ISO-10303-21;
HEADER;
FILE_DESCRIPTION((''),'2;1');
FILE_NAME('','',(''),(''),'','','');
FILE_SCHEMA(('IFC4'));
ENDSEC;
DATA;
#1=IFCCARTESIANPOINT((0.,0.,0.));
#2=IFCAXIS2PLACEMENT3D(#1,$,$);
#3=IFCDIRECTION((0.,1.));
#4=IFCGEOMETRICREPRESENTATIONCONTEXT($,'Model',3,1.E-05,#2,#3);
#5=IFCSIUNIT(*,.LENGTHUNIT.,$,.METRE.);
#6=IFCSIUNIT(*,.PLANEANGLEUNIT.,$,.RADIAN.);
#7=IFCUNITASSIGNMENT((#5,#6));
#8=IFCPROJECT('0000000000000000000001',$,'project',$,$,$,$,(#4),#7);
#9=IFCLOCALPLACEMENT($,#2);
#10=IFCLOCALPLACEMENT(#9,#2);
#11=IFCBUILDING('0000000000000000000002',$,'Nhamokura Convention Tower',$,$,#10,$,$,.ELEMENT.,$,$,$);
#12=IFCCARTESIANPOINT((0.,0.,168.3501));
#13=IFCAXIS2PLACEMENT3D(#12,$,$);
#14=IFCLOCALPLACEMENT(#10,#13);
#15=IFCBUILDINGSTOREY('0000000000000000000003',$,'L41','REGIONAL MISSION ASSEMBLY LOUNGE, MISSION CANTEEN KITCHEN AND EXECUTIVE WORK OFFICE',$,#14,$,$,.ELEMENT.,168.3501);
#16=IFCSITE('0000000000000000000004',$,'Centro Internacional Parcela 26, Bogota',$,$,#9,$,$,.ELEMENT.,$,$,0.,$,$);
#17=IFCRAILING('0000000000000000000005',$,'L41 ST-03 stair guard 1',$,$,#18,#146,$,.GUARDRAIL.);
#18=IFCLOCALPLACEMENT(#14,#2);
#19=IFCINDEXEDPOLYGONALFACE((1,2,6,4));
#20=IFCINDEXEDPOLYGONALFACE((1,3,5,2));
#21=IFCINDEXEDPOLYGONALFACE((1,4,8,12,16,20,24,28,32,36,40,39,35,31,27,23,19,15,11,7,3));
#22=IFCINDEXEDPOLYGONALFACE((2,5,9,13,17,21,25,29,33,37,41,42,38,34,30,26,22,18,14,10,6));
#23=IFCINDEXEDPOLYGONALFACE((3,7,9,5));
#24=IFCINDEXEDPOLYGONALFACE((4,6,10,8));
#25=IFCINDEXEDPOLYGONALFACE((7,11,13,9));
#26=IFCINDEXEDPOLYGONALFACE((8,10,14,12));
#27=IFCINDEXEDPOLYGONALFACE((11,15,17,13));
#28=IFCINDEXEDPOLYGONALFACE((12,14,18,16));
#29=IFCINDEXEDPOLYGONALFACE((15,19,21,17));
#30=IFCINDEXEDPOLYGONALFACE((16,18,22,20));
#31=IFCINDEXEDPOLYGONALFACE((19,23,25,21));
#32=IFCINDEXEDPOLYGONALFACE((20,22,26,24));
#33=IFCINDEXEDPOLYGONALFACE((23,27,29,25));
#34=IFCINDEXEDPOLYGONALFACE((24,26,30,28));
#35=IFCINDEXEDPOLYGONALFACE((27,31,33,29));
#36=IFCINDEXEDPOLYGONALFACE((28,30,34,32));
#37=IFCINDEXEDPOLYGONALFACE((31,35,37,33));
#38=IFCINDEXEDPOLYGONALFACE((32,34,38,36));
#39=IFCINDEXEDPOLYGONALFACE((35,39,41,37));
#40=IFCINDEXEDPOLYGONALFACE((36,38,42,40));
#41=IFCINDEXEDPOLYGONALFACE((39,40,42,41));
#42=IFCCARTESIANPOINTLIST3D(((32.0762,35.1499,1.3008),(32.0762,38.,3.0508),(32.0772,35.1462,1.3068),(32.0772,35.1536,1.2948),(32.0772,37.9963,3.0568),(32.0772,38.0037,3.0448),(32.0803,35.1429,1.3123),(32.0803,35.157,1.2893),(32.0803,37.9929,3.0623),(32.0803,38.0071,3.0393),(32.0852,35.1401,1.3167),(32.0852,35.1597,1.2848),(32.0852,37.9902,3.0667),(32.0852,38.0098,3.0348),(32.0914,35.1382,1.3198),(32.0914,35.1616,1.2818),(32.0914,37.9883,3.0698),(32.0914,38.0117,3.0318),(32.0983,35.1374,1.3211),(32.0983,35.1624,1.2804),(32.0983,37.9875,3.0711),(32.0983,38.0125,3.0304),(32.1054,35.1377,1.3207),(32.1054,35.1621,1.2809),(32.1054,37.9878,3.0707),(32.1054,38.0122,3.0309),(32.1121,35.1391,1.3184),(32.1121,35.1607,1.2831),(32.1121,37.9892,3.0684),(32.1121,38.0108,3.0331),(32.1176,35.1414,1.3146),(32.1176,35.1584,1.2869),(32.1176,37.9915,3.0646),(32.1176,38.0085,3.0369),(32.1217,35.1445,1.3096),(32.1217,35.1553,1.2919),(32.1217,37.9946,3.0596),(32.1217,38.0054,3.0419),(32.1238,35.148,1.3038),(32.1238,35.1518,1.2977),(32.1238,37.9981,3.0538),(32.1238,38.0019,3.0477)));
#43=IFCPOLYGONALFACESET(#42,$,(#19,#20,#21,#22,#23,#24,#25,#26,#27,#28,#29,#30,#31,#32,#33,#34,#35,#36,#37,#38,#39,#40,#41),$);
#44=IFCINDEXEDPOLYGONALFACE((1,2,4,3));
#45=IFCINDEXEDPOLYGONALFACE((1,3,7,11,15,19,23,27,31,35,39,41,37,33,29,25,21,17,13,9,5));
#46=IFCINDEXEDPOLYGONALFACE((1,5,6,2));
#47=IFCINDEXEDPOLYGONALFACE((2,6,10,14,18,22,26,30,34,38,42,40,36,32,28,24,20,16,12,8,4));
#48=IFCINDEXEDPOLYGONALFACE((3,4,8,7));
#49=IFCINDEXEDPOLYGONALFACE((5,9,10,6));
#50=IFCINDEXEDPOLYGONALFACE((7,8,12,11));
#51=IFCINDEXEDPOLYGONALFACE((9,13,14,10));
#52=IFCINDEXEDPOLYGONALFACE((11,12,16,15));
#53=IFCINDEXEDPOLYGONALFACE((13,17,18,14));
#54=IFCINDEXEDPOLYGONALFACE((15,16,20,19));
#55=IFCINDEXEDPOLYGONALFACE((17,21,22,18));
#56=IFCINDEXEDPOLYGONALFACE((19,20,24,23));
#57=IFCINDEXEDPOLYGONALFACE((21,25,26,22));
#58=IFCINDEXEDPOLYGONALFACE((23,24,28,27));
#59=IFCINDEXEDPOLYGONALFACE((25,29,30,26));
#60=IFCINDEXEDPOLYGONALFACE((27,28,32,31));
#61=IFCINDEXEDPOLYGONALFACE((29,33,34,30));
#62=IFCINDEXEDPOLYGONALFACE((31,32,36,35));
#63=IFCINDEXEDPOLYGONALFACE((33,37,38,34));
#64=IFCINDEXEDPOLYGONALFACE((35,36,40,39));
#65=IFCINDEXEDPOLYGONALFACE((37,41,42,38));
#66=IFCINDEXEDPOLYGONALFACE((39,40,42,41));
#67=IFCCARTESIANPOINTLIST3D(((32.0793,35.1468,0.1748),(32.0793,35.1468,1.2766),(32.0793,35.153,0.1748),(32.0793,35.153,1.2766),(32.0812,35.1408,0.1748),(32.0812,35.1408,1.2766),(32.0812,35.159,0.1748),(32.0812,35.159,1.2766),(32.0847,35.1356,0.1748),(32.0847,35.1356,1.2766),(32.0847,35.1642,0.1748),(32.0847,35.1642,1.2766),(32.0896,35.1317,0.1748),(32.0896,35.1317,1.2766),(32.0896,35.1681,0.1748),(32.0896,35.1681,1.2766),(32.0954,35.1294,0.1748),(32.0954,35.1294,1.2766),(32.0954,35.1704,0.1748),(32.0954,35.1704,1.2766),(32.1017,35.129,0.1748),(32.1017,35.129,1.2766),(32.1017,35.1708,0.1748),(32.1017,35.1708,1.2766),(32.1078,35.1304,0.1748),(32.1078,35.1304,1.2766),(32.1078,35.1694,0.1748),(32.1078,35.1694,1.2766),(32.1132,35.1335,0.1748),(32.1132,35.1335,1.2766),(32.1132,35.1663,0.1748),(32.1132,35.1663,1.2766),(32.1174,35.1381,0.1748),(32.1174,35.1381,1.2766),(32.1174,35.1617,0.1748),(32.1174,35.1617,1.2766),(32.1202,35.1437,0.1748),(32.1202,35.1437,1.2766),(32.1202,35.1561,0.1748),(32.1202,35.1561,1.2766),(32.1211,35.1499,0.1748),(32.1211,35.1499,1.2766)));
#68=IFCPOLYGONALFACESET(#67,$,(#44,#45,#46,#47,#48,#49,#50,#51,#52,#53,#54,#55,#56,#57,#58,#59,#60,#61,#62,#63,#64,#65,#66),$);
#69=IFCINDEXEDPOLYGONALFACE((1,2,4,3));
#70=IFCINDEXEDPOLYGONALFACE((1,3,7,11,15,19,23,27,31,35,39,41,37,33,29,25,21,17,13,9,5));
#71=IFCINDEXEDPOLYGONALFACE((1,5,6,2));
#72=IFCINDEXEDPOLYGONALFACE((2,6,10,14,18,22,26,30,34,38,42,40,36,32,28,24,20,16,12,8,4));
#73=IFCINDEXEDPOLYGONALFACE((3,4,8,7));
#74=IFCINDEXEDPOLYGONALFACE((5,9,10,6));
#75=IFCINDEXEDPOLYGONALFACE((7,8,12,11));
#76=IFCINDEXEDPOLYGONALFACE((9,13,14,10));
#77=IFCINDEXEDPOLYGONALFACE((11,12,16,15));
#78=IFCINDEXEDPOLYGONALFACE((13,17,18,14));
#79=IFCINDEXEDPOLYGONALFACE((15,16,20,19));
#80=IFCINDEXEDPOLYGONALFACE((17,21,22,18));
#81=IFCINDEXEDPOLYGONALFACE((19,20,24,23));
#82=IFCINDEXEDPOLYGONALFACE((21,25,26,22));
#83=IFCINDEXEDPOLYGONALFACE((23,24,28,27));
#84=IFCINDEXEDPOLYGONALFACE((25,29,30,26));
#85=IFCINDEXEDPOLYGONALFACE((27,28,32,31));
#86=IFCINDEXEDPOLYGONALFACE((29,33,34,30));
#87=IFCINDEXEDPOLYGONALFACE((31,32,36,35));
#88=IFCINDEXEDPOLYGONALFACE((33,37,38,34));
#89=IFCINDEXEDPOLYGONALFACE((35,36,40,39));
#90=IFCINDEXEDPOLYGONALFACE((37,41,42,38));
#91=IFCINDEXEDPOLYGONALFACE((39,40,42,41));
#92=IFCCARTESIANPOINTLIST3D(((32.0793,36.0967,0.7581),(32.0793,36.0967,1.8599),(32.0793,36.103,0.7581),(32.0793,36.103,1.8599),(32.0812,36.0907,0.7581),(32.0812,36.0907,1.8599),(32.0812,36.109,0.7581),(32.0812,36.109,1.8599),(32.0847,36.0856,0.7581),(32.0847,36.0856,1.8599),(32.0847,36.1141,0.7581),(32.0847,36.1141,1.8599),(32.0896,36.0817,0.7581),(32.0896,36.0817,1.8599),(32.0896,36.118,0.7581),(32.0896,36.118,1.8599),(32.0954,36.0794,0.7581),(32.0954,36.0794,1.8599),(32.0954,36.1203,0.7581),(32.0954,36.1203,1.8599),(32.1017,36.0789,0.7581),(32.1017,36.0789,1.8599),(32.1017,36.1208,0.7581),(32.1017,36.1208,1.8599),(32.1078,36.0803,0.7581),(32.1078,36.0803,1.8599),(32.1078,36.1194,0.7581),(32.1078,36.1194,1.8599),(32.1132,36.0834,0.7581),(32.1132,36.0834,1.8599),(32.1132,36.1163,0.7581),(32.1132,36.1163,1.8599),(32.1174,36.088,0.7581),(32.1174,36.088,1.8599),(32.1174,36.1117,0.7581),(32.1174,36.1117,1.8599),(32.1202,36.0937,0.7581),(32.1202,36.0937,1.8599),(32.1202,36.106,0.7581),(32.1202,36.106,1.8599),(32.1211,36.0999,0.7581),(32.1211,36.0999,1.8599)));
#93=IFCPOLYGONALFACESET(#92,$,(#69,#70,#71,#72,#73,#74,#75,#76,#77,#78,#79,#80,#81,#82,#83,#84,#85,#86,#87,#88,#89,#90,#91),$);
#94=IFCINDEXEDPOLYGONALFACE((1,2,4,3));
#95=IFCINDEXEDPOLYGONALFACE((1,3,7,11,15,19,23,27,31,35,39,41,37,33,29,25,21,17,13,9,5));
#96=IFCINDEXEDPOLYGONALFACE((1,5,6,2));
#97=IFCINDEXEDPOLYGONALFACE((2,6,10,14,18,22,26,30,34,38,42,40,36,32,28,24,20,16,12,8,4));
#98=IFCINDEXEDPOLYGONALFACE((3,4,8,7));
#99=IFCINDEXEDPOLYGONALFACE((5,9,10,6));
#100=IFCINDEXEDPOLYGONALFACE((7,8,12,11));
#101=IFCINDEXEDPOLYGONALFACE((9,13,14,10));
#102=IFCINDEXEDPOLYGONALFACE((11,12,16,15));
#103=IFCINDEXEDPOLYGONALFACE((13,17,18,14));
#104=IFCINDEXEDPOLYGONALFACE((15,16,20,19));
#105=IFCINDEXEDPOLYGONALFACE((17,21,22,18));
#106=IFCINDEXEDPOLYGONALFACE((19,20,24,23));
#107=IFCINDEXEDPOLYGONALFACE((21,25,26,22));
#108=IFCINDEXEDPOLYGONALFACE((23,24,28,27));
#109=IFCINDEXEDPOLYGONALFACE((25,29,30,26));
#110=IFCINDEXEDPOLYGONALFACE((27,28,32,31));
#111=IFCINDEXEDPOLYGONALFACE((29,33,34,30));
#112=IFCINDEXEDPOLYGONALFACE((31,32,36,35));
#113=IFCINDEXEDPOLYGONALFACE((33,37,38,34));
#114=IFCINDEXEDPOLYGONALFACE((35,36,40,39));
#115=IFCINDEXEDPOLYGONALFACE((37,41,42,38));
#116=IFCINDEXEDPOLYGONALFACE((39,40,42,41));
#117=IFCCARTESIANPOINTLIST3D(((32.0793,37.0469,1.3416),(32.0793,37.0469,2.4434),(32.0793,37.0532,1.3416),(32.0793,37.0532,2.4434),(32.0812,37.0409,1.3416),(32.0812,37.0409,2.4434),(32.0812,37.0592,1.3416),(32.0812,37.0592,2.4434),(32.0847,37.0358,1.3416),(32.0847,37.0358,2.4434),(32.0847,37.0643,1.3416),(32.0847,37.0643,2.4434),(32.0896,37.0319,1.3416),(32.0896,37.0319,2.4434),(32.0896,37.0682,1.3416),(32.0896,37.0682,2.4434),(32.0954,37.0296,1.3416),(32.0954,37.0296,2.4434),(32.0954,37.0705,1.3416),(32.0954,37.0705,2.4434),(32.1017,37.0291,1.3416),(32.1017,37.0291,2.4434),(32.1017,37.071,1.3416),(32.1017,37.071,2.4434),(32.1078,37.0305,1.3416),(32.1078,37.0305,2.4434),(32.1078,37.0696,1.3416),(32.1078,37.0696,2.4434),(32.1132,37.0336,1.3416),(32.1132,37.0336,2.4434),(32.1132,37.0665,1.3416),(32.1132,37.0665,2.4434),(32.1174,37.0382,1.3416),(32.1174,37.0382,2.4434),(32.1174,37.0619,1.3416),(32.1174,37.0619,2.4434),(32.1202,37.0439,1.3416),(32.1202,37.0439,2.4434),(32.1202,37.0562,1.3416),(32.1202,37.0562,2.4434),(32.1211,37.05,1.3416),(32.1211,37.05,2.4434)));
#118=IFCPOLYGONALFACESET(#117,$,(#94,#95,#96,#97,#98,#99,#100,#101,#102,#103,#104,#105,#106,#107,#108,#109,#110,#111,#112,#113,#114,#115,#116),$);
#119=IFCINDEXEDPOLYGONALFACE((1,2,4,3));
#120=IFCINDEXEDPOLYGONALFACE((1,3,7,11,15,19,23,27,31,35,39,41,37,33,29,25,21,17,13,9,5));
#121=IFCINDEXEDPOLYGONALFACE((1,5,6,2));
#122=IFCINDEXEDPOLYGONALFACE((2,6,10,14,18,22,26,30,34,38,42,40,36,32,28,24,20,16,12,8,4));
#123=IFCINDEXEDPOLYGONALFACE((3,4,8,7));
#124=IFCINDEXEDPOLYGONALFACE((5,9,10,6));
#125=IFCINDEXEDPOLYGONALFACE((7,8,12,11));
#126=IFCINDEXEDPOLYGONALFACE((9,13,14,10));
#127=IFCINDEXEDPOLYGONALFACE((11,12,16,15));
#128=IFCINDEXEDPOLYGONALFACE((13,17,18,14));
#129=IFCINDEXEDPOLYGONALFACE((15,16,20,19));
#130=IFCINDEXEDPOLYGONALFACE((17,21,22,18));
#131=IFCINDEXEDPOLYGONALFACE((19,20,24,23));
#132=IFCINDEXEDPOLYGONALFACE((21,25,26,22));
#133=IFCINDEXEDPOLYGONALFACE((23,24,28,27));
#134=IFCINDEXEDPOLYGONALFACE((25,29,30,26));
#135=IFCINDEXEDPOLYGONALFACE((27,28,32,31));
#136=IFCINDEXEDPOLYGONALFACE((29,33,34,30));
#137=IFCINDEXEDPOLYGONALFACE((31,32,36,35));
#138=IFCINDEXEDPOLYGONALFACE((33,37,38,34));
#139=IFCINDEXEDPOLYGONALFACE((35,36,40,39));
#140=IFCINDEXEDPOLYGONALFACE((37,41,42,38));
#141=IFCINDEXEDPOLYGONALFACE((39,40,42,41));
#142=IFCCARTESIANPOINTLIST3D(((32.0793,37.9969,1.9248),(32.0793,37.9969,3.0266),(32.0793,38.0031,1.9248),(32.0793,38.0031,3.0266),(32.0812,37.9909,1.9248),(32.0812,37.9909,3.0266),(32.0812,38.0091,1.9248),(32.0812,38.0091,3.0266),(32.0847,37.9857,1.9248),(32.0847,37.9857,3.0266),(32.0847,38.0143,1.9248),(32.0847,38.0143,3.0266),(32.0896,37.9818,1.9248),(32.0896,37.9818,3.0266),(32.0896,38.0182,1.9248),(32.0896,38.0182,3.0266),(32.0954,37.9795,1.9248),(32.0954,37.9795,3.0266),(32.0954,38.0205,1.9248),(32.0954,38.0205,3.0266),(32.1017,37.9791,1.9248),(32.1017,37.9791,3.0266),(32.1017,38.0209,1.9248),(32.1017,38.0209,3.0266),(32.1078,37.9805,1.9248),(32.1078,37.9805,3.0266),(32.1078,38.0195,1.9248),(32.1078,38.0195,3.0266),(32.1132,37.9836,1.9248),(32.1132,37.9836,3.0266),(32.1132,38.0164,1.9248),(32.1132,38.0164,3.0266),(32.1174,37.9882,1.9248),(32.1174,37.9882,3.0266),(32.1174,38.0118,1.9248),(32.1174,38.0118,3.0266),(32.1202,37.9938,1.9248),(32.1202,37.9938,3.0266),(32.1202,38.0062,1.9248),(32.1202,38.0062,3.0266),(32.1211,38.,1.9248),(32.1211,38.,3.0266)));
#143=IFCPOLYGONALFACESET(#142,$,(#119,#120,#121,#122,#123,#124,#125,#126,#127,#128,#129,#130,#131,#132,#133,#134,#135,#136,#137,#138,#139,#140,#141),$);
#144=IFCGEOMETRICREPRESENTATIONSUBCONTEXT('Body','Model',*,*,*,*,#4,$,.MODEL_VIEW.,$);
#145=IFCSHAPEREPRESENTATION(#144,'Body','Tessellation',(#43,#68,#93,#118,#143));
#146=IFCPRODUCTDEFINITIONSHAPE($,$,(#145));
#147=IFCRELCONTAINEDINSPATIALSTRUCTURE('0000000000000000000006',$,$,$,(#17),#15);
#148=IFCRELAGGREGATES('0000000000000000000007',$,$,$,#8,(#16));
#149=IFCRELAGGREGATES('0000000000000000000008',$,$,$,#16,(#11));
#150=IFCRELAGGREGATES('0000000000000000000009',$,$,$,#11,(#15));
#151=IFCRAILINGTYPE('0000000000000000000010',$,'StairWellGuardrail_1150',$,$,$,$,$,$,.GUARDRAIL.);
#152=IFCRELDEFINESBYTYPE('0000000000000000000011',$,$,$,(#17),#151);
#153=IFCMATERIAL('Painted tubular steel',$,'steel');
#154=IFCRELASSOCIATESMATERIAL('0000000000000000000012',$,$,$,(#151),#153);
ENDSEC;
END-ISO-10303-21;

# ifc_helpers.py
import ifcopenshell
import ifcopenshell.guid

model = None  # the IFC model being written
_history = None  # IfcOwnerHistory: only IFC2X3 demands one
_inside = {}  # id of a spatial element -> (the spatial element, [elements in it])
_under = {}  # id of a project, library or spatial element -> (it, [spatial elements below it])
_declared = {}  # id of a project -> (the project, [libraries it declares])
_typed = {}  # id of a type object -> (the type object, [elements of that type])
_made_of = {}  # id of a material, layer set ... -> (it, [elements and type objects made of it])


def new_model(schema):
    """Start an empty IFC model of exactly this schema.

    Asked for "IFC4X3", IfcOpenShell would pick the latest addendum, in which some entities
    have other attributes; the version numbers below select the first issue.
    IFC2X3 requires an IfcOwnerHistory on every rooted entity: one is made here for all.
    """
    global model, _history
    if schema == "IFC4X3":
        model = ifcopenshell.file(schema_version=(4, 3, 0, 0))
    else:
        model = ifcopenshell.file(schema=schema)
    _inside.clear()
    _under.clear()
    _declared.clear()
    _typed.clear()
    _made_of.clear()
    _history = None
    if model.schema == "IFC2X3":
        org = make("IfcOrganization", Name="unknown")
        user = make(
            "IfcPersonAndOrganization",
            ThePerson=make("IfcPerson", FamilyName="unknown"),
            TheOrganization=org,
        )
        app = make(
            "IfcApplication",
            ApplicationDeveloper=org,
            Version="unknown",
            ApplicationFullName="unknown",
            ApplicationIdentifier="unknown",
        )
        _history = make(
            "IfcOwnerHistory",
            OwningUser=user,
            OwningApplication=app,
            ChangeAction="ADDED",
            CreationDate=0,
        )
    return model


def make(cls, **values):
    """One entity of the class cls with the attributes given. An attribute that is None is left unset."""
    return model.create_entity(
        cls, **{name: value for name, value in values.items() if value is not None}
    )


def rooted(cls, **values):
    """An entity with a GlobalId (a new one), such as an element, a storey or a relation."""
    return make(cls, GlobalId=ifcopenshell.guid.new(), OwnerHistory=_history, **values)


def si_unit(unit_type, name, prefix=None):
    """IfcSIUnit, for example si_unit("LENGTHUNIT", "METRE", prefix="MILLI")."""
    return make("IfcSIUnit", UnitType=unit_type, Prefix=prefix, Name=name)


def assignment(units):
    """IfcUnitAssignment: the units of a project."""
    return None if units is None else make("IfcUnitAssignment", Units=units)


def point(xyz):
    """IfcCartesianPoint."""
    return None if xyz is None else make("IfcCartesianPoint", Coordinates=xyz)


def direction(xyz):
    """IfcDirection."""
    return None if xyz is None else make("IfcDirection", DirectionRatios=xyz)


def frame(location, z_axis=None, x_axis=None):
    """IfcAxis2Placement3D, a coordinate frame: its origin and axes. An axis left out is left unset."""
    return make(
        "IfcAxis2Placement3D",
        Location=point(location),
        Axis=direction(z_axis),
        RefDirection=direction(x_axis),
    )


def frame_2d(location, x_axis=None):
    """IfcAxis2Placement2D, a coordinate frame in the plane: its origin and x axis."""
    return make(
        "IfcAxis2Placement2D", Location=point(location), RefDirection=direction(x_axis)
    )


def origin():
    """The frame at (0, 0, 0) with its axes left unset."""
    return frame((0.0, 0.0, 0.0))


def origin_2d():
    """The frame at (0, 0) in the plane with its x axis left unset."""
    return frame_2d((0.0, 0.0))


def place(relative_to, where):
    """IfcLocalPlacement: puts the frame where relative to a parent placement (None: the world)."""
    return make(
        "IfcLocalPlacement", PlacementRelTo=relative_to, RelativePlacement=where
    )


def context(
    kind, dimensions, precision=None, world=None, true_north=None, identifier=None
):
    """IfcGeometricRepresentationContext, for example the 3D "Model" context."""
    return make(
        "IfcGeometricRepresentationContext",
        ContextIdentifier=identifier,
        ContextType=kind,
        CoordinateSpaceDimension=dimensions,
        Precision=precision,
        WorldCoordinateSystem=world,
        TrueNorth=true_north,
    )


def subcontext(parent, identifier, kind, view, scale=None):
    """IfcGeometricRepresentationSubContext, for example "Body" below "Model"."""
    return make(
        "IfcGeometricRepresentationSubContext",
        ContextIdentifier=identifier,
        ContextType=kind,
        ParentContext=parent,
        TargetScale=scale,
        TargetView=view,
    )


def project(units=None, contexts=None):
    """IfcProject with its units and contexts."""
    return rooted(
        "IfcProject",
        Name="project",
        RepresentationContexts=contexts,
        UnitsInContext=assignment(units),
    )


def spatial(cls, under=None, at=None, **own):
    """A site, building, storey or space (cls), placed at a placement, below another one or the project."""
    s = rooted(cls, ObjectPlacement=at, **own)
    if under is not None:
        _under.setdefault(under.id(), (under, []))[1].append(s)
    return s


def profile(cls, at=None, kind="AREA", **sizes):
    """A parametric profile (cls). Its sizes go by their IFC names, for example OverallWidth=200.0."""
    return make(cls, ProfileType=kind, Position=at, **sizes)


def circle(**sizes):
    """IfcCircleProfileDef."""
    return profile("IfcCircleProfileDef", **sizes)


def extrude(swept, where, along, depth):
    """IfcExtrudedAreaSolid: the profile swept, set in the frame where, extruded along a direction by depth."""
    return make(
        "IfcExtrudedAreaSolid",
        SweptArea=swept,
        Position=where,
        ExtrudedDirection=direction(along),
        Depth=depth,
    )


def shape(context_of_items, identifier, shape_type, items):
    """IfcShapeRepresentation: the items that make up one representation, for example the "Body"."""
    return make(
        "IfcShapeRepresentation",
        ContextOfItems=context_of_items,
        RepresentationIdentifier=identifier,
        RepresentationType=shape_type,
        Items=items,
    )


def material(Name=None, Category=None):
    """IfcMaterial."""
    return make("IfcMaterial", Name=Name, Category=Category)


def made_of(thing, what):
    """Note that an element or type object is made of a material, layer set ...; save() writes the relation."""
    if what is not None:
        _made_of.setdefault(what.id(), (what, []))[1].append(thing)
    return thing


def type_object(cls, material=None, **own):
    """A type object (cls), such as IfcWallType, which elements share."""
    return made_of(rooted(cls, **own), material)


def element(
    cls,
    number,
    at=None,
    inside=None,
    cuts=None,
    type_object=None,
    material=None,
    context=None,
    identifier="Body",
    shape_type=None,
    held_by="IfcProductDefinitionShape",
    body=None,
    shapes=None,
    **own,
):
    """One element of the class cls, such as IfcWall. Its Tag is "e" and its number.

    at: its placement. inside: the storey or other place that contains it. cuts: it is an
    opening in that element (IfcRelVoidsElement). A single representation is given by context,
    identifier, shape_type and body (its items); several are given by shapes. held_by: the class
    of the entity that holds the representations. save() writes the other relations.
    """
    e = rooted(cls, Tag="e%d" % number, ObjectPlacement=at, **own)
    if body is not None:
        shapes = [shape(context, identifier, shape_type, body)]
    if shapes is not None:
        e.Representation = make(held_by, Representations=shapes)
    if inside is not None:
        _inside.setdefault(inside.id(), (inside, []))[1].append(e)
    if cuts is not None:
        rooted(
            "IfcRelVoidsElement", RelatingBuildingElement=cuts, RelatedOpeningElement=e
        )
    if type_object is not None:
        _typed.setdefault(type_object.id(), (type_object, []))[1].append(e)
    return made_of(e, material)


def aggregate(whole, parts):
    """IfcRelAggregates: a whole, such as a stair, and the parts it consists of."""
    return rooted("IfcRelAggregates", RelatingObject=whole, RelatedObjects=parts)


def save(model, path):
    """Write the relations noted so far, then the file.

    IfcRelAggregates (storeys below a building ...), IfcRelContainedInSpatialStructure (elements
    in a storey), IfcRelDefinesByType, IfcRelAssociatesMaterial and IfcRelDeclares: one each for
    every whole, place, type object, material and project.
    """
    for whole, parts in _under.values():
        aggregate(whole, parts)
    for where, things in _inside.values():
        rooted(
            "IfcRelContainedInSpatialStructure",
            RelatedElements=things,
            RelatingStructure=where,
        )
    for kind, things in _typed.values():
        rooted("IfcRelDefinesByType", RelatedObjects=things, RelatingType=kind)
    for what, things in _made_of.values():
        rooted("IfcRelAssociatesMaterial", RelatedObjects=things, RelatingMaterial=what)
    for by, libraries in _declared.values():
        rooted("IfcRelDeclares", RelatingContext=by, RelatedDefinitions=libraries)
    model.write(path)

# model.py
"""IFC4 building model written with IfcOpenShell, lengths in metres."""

from ifc_helpers import new_model, si_unit, direction, frame, origin, origin_2d, place, context, subcontext, project, spatial, circle, extrude, material, type_object, element, save


model = new_model("IFC4")

# Units and contexts
model_context = context("Model", 3, precision=1e-05, world=origin(), true_north=direction((0.0, 1.0)))
body_context = subcontext(model_context, "Body", "Model", "MODEL_VIEW")
ifc_project = project(units=[si_unit("LENGTHUNIT", "METRE"), si_unit("PLANEANGLEUNIT", "RADIAN")], contexts=[model_context])

# Site, building, storey
site_placement = place(None, origin())
site = spatial("IfcSite", under=ifc_project, at=site_placement, Name="Centro Internacional Parcela 26, Bogota", CompositionType="ELEMENT", RefElevation=0.0)
building_placement = place(site_placement, origin())
building = spatial("IfcBuilding", under=site, at=building_placement, Name="Nhamokura Convention Tower", CompositionType="ELEMENT")
storey_placement = place(building_placement, frame((0.0, 0.0, 168.3501)))
storey = spatial("IfcBuildingStorey", under=building, at=storey_placement, Name="L41", Description="REGIONAL MISSION ASSEMBLY LOUNGE, MISSION CANTEEN KITCHEN AND EXECUTIVE WORK OFFICE", CompositionType="ELEMENT", Elevation=168.3501)

# Railing
ifc_material_1 = material(Name="Painted tubular steel", Category="steel")
railing_type_1 = type_object("IfcRailingType", Name="StairWellGuardrail_1150", PredefinedType="GUARDRAIL", material=ifc_material_1)
railing_1_placement = place(storey_placement, frame((32.1001, 35.1499, 0.1748)))
element("IfcRailing", 1, at=railing_1_placement, inside=storey, type_object=railing_type_1, Name="L41 ST-03 stair guard 1", PredefinedType="GUARDRAIL", context=body_context, shape_type="SweptSolid", body=[
    extrude(circle(Radius=0.0239, at=origin_2d()), frame((0.0, 0.0, 1.126), z_axis=(0.0, 0.852179, 0.52325), x_axis=(-1.0, 0.0, 0.0)), (0.0, 0.0, 1.0), 3.3445),
    extrude(circle(Radius=0.021, at=origin_2d()), origin(), (0.0, 0.0, 1.0), 1.1018),
    extrude(circle(Radius=0.021, at=origin_2d()), frame((0.0, 0.95, 0.5833)), (0.0, 0.0, 1.0), 1.1018),
    extrude(circle(Radius=0.021, at=origin_2d()), frame((0.0, 1.9001, 1.1667)), (0.0, 0.0, 1.0), 1.1018),
    extrude(circle(Radius=0.021, at=origin_2d()), frame((0.0, 2.8501, 1.75)), (0.0, 0.0, 1.0), 1.1018),
])

save(model, "model.ifc")
